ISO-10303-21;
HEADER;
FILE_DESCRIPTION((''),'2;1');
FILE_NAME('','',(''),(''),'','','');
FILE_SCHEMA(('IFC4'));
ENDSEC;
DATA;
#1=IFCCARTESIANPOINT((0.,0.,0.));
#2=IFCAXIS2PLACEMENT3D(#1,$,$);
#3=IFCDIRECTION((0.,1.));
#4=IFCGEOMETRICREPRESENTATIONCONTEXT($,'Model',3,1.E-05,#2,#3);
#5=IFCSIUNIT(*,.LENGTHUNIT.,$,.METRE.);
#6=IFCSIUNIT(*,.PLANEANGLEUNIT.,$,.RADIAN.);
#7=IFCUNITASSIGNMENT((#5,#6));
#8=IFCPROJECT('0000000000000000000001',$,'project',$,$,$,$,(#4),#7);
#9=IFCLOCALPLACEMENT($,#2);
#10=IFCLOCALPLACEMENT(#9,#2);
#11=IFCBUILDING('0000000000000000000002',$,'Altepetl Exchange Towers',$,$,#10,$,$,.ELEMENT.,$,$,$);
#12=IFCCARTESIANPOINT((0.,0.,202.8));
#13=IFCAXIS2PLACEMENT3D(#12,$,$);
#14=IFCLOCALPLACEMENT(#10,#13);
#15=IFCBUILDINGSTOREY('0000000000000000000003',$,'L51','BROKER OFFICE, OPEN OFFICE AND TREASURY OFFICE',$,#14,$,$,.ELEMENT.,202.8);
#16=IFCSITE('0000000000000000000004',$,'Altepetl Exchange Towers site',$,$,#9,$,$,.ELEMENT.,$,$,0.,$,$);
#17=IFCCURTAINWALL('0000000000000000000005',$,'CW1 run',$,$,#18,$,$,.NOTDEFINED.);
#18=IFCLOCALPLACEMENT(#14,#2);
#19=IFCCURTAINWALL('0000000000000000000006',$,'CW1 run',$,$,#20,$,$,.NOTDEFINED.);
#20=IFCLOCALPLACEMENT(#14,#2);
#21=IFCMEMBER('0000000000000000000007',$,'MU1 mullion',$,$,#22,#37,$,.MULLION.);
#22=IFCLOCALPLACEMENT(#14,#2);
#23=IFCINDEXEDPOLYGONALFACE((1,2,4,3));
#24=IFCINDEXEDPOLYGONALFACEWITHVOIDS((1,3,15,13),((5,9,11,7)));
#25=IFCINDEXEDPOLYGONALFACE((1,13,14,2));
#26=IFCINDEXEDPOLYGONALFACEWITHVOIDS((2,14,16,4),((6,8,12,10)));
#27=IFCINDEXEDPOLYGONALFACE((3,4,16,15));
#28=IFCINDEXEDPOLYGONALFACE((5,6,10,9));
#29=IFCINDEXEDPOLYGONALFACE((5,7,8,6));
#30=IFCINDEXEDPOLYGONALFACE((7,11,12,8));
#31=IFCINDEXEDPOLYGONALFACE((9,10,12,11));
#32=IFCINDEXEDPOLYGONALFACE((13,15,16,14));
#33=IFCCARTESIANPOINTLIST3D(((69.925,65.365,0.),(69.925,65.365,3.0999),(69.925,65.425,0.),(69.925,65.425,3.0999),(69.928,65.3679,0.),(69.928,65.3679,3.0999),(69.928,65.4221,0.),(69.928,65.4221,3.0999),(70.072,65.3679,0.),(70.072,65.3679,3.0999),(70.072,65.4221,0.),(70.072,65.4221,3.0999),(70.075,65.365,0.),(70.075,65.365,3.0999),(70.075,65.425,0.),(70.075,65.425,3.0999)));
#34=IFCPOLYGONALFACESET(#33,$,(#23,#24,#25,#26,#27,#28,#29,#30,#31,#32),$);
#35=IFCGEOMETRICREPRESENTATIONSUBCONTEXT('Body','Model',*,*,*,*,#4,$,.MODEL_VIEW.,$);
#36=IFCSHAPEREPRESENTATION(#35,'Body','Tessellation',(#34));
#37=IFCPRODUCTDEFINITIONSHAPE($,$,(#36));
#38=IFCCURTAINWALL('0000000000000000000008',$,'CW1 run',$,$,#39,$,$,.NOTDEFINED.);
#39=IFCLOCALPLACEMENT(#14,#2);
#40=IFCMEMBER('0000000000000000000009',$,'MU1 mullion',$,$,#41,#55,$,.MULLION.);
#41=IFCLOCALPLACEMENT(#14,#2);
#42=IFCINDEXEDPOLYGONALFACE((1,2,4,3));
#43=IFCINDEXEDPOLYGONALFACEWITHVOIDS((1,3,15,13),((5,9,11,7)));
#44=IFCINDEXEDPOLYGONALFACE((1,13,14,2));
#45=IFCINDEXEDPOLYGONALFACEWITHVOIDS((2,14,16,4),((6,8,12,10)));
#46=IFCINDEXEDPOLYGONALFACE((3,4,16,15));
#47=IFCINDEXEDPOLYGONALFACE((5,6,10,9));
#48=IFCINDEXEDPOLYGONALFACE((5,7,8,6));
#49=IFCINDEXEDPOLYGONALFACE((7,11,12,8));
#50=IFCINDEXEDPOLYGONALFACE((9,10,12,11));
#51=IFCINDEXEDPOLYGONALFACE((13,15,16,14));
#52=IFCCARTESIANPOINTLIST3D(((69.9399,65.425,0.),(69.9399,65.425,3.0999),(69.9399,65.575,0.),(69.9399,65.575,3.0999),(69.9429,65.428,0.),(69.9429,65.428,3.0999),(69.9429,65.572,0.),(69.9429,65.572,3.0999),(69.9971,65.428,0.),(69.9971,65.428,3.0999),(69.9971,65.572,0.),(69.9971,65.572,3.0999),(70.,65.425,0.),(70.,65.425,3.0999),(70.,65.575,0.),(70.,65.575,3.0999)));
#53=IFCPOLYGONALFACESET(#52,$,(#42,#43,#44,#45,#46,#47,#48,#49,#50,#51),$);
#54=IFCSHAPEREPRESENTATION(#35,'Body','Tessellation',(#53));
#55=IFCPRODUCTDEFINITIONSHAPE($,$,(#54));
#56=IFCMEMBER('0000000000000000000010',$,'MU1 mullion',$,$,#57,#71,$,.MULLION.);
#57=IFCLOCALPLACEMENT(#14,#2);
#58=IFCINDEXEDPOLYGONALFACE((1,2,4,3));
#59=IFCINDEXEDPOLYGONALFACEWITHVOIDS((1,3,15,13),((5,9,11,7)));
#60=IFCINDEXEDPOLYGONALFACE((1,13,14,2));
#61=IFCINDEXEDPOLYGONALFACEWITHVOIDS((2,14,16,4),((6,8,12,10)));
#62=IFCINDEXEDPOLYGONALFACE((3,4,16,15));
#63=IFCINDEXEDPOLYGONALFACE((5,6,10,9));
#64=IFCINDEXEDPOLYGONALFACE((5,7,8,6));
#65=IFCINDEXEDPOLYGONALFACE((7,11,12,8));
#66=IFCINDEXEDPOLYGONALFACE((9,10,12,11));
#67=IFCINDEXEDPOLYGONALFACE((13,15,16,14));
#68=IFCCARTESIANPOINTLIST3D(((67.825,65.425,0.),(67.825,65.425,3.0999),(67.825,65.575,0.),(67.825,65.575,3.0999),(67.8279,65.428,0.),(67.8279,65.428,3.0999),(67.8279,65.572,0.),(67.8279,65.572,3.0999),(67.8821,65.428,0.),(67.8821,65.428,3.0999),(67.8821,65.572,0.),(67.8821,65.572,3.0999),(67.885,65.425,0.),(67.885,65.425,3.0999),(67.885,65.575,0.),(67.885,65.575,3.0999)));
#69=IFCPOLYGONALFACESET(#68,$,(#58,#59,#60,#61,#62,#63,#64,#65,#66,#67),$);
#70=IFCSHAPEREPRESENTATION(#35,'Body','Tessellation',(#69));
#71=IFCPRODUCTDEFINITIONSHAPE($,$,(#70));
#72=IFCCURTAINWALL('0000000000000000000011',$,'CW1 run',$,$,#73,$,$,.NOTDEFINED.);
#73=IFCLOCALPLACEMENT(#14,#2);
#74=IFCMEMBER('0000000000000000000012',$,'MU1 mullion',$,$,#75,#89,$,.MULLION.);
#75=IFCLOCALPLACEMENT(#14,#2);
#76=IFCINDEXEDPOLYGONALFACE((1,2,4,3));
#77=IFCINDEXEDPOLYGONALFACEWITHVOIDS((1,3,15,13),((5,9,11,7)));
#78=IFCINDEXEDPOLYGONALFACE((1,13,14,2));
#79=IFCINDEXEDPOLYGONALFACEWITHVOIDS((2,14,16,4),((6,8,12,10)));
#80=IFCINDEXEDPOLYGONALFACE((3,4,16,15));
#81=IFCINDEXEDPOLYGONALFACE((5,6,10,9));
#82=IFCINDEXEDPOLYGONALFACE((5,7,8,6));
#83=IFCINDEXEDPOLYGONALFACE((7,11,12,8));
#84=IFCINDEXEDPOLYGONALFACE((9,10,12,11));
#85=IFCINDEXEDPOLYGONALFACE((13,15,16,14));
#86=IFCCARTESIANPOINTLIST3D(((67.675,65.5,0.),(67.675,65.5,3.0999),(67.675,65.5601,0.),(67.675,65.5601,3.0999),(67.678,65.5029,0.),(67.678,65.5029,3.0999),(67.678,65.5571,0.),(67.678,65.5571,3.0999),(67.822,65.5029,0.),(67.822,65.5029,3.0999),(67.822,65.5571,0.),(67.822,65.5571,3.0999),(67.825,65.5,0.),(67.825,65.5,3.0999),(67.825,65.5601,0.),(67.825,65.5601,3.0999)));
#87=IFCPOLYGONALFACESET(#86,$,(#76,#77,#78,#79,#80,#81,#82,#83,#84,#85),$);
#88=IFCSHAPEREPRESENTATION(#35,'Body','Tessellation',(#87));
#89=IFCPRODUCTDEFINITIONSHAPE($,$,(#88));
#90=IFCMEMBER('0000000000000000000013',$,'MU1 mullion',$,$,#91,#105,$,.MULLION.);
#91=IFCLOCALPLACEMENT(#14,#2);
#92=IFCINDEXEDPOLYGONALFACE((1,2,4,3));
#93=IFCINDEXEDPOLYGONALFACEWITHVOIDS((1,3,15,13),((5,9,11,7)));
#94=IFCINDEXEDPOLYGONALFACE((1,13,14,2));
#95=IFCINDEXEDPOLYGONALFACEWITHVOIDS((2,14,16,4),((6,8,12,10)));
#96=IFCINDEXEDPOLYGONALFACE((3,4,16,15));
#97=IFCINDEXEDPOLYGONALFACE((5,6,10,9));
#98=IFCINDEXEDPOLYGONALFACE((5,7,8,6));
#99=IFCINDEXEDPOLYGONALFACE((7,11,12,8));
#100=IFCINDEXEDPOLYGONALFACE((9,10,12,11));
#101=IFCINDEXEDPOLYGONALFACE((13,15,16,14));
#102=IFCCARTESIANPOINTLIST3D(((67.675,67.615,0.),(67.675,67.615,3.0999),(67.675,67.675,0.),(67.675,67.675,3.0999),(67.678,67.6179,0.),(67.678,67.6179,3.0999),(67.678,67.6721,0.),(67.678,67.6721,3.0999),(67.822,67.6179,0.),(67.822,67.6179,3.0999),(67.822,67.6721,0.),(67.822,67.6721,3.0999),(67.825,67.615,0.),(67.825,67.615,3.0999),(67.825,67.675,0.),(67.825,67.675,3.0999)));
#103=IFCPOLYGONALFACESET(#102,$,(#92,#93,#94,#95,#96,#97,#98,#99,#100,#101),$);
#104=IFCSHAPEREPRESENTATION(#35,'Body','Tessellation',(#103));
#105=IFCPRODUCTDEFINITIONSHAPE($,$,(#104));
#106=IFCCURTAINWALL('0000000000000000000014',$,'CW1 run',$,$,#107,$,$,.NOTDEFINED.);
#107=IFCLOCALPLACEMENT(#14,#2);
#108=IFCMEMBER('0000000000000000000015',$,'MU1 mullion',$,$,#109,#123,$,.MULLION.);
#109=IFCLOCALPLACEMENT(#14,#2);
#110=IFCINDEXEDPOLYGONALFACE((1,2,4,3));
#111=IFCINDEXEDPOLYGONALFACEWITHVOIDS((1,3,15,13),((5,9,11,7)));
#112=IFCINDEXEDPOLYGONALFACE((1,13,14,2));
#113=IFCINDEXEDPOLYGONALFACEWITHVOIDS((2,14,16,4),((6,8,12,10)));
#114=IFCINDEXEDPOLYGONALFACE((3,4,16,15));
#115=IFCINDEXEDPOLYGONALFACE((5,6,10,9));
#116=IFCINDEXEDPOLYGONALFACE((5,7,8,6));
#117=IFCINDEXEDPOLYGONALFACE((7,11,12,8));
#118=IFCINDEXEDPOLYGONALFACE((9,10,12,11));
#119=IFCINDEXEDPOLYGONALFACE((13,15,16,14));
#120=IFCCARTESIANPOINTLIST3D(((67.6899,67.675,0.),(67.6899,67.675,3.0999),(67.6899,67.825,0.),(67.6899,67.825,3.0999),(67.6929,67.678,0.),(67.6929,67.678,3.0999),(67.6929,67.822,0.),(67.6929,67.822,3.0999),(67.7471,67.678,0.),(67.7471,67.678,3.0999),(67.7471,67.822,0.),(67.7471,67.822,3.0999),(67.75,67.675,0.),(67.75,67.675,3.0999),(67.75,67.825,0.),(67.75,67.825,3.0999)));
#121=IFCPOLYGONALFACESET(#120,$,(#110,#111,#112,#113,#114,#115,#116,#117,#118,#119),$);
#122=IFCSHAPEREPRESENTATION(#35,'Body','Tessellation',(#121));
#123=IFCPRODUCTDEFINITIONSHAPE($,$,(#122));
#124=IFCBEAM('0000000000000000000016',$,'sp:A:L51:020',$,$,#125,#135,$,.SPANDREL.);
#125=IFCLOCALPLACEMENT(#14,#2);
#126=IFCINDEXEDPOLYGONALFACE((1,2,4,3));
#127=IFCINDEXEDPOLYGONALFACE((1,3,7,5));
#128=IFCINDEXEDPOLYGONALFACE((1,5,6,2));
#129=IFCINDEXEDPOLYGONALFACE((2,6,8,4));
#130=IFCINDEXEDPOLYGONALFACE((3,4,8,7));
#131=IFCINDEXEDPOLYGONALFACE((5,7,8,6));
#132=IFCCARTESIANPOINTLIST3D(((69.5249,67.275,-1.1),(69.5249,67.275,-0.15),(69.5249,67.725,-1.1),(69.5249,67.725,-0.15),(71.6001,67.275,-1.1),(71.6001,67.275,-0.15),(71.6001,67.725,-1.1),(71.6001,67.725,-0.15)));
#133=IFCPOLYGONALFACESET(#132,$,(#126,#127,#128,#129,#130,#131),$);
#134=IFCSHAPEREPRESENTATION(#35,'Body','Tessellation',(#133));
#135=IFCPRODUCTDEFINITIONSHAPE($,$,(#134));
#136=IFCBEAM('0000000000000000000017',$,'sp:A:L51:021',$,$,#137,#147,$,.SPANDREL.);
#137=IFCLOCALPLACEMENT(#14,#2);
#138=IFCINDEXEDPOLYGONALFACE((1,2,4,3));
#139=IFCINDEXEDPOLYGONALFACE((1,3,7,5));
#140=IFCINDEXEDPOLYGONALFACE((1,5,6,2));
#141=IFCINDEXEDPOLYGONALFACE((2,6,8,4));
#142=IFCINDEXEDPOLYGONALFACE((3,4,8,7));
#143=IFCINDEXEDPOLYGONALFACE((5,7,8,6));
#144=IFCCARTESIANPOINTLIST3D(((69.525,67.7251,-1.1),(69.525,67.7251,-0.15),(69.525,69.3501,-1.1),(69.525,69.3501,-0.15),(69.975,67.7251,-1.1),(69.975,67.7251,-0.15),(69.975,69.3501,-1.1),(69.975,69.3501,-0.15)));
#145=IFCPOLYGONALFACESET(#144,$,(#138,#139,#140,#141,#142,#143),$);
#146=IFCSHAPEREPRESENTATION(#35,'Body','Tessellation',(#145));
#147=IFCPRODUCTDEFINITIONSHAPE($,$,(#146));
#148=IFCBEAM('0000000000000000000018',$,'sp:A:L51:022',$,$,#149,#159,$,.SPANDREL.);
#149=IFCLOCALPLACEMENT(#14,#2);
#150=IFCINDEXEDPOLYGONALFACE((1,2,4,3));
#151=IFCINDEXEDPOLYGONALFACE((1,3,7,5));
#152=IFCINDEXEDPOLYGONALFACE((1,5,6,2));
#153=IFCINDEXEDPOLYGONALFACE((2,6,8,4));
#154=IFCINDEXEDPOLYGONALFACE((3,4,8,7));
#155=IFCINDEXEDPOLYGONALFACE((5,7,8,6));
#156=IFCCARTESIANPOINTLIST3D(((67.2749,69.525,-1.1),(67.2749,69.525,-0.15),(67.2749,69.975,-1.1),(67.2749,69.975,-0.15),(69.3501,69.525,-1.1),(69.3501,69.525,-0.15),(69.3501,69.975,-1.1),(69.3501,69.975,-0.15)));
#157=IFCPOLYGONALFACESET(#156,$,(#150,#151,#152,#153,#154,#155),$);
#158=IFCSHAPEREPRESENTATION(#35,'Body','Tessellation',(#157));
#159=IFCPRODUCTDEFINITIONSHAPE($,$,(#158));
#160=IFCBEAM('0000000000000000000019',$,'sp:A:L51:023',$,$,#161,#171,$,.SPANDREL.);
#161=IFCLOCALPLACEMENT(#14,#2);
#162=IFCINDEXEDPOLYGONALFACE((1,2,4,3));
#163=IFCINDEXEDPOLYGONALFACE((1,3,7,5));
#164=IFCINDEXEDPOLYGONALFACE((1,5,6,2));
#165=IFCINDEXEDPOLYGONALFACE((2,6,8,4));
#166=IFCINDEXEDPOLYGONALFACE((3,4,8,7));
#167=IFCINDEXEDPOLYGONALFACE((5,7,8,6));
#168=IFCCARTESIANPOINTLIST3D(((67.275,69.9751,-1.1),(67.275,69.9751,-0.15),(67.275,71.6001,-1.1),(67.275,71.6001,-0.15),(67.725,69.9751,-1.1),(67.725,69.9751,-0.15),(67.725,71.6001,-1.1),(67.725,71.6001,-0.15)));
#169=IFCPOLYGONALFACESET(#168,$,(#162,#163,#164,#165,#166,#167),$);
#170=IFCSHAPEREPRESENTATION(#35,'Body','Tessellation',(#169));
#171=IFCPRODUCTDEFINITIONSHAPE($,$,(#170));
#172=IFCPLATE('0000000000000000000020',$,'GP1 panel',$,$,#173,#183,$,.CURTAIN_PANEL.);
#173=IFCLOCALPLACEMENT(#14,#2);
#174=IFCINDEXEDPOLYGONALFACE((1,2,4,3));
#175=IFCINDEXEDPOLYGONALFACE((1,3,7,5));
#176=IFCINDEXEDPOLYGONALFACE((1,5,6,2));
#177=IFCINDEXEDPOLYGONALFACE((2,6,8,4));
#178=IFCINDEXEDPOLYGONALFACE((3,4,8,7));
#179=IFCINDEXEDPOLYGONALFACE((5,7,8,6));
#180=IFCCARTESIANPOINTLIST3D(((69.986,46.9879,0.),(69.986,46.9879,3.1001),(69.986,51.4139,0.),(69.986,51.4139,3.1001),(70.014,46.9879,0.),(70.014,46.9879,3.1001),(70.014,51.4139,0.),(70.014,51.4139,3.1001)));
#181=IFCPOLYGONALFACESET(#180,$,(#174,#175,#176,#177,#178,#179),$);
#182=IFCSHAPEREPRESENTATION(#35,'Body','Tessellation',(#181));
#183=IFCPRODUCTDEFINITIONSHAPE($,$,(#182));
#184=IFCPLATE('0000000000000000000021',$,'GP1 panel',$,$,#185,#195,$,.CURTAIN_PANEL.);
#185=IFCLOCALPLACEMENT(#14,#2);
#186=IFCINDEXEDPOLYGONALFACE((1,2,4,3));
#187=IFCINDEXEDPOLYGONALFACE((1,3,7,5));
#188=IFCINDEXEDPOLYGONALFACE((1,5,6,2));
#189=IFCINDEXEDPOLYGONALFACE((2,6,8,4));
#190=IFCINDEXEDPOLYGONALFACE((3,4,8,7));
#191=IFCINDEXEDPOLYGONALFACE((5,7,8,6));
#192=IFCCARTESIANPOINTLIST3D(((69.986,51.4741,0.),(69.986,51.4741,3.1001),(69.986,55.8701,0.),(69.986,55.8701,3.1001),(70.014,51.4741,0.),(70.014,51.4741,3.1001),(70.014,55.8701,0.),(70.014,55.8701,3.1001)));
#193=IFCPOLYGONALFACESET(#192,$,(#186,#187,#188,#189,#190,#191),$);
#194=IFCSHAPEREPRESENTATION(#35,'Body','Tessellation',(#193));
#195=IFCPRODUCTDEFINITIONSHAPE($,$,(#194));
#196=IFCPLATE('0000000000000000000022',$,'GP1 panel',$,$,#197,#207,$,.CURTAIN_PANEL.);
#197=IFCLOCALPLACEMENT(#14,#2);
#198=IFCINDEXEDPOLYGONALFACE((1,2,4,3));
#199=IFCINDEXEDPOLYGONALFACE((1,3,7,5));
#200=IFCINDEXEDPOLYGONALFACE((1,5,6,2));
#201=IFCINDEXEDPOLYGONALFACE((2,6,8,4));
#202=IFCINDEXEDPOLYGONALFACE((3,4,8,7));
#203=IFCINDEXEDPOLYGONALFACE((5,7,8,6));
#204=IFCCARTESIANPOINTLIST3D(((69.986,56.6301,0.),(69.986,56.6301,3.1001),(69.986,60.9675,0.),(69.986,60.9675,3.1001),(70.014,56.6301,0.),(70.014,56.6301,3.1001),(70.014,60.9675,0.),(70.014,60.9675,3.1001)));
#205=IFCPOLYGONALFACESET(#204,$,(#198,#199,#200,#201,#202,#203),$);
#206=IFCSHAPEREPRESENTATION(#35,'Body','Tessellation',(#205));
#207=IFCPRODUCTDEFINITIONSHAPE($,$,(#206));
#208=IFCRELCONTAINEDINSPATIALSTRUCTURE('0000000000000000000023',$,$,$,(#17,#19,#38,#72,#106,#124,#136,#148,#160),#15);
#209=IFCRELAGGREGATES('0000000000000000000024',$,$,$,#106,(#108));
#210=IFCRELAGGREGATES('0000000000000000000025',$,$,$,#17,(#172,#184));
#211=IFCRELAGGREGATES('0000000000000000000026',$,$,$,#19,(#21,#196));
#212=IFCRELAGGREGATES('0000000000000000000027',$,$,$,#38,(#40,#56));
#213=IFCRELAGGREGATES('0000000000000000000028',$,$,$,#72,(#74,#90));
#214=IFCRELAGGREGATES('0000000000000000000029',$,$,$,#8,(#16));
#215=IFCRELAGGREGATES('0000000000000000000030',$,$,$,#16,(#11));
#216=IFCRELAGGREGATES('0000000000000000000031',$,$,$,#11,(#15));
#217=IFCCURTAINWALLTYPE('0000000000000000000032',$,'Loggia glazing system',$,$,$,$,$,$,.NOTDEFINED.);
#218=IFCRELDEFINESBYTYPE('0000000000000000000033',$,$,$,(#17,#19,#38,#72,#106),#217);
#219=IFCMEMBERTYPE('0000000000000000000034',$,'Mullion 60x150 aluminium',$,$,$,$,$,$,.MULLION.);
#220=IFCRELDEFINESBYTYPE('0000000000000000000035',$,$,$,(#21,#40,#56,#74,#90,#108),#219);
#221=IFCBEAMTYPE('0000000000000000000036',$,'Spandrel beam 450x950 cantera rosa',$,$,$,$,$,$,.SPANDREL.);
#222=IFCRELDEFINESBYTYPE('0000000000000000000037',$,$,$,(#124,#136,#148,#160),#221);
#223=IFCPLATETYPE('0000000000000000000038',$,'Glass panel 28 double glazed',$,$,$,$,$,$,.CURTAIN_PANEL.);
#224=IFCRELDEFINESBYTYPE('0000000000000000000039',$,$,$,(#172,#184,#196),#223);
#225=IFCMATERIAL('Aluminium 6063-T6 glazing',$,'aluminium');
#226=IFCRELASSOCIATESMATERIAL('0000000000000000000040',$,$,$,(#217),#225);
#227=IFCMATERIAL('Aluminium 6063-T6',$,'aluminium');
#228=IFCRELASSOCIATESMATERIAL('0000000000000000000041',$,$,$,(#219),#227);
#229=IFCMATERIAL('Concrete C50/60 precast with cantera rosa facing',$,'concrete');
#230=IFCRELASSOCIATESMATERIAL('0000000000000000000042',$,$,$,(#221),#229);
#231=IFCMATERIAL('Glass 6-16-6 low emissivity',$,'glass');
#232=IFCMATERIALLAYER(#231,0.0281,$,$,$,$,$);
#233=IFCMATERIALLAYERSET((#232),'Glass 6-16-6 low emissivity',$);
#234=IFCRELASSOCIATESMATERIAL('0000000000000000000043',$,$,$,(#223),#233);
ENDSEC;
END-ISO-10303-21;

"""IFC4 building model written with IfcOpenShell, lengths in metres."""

from ifc_helpers import new_model, si_unit, direction, frame, origin, origin_2d, place, context, subcontext, project, spatial, rectangle, hollow_rectangle, extrude, material, layer, layer_set, material_profile, profile_set, type_object, element, aggregate, save


model = new_model("IFC4")

# Units and contexts
model_context = context("Model", 3, precision=1e-05, world=origin(), true_north=direction((0.0, 1.0)))
body_context = subcontext(model_context, "Body", "Model", "MODEL_VIEW")
ifc_project = project(units=[si_unit("LENGTHUNIT", "METRE"), si_unit("PLANEANGLEUNIT", "RADIAN")], contexts=[model_context])

# Site, building, storey
site_placement = place(None, origin())
site = spatial("IfcSite", under=ifc_project, at=site_placement, Name="Altepetl Exchange Towers site", CompositionType="ELEMENT", RefElevation=0.0)
building_placement = place(site_placement, origin())
building = spatial("IfcBuilding", under=site, at=building_placement, Name="Altepetl Exchange Towers", CompositionType="ELEMENT")
storey_placement = place(building_placement, frame((0.0, 0.0, 202.8)))
storey = spatial("IfcBuildingStorey", under=building, at=storey_placement, Name="L51", Description="BROKER OFFICE, OPEN OFFICE AND TREASURY OFFICE", CompositionType="ELEMENT", Elevation=202.8)

# Curtain walls, members
ifc_material_1 = material(Name="Aluminium 6063-T6 glazing", Category="aluminium")
curtain_wall_type = type_object("IfcCurtainWallType", Name="Loggia glazing system", PredefinedType="NOTDEFINED", material=ifc_material_1)
curtain_wall_1_placement = place(storey_placement, origin())
curtain_wall_1 = element("IfcCurtainWall", 1, at=curtain_wall_1_placement, inside=storey, type_object=curtain_wall_type, Name="CW1 run", PredefinedType="NOTDEFINED")
ifc_material_2 = material(Name="Aluminium 6063-T6", Category="aluminium")
ifc_material_profile_1 = material_profile(ifc_material_2, hollow_rectangle(XDim=0.0601, YDim=0.1499, WallThickness=0.0029, at=origin_2d()), Name="Mullion 60x150 aluminium")
ifc_profile_set_1 = profile_set([ifc_material_profile_1], Name="Aluminium 6063-T6")
member_type = type_object("IfcMemberType", Name="Mullion 60x150 aluminium", PredefinedType="MULLION", material=ifc_profile_set_1)
curtain_wall_2_placement = place(storey_placement, origin())
curtain_wall_2 = element("IfcCurtainWall", 2, at=curtain_wall_2_placement, inside=storey, type_object=curtain_wall_type, Name="CW1 run", PredefinedType="NOTDEFINED")
member_1_placement = place(storey_placement, frame((70.0, 65.395, 0.0), z_axis=(0.0, 0.0, 1.0), x_axis=(0.0, 1.0, 0.0)))
member_1 = element("IfcMember", 3, at=member_1_placement, type_object=member_type, Name="MU1 mullion", PredefinedType="MULLION", context=body_context, shape_type="SweptSolid", body=[
    extrude(hollow_rectangle(XDim=0.0601, YDim=0.1499, WallThickness=0.0029, at=origin_2d()), origin(), (0.0, 0.0, 1.0), 3.0999),
])
curtain_wall_3_placement = place(storey_placement, origin())
curtain_wall_3 = element("IfcCurtainWall", 4, at=curtain_wall_3_placement, inside=storey, type_object=curtain_wall_type, Name="CW1 run", PredefinedType="NOTDEFINED")
member_2_placement = place(storey_placement, frame((69.97, 65.5, 0.0), z_axis=(0.0, 0.0, 1.0), x_axis=(-1.0, 0.0, 0.0)))
member_2 = element("IfcMember", 5, at=member_2_placement, type_object=member_type, Name="MU1 mullion", PredefinedType="MULLION", context=body_context, shape_type="SweptSolid", body=[
    extrude(hollow_rectangle(XDim=0.0601, YDim=0.1499, WallThickness=0.0029, at=origin_2d()), origin(), (0.0, 0.0, 1.0), 3.0999),
])
member_3_placement = place(storey_placement, frame((67.855, 65.5, 0.0), z_axis=(0.0, 0.0, 1.0), x_axis=(-1.0, 0.0, 0.0)))
member_3 = element("IfcMember", 6, at=member_3_placement, type_object=member_type, Name="MU1 mullion", PredefinedType="MULLION", context=body_context, shape_type="SweptSolid", body=[
    extrude(hollow_rectangle(XDim=0.0601, YDim=0.1499, WallThickness=0.0029, at=origin_2d()), origin(), (0.0, 0.0, 1.0), 3.0999),
])
curtain_wall_4_placement = place(storey_placement, origin())
curtain_wall_4 = element("IfcCurtainWall", 7, at=curtain_wall_4_placement, inside=storey, type_object=curtain_wall_type, Name="CW1 run", PredefinedType="NOTDEFINED")
member_4_placement = place(storey_placement, frame((67.75, 65.53, 0.0), z_axis=(0.0, 0.0, 1.0), x_axis=(0.0, 1.0, 0.0)))
member_4 = element("IfcMember", 8, at=member_4_placement, type_object=member_type, Name="MU1 mullion", PredefinedType="MULLION", context=body_context, shape_type="SweptSolid", body=[
    extrude(hollow_rectangle(XDim=0.0601, YDim=0.1499, WallThickness=0.0029, at=origin_2d()), origin(), (0.0, 0.0, 1.0), 3.0999),
])
member_5_placement = place(storey_placement, frame((67.75, 67.645, 0.0), z_axis=(0.0, 0.0, 1.0), x_axis=(0.0, 1.0, 0.0)))
member_5 = element("IfcMember", 9, at=member_5_placement, type_object=member_type, Name="MU1 mullion", PredefinedType="MULLION", context=body_context, shape_type="SweptSolid", body=[
    extrude(hollow_rectangle(XDim=0.0601, YDim=0.1499, WallThickness=0.0029, at=origin_2d()), origin(), (0.0, 0.0, 1.0), 3.0999),
])

# Curtain wall, member
curtain_wall_5_placement = place(storey_placement, origin())
curtain_wall_5 = element("IfcCurtainWall", 10, at=curtain_wall_5_placement, inside=storey, type_object=curtain_wall_type, Name="CW1 run", PredefinedType="NOTDEFINED")
member_6_placement = place(storey_placement, frame((67.72, 67.75, 0.0), z_axis=(0.0, 0.0, 1.0), x_axis=(-1.0, 0.0, 0.0)))
member_6 = element("IfcMember", 11, at=member_6_placement, type_object=member_type, Name="MU1 mullion", PredefinedType="MULLION", context=body_context, shape_type="SweptSolid", body=[
    extrude(hollow_rectangle(XDim=0.0601, YDim=0.1499, WallThickness=0.0029, at=origin_2d()), origin(), (0.0, 0.0, 1.0), 3.0999),
])
aggregate(curtain_wall_5, [member_6])

# Beams
ifc_material_3 = material(Name="Concrete C50/60 precast with cantera rosa facing", Category="concrete")
ifc_material_profile_2 = material_profile(ifc_material_3, rectangle(XDim=0.45, YDim=0.95, at=origin_2d()), Name="450 x 950")
ifc_profile_set_2 = profile_set([ifc_material_profile_2], Name="Concrete C50/60 precast with cantera rosa facing")
beam_type_1 = type_object("IfcBeamType", Name="Spandrel beam 450x950 cantera rosa", PredefinedType="SPANDREL", material=ifc_profile_set_2)
beam_1_placement = place(storey_placement, frame((71.6001, 67.5, -0.625), z_axis=(-1.0, 0.0, 0.0), x_axis=(0.0, -1.0, 0.0)))
element("IfcBeam", 12, at=beam_1_placement, inside=storey, type_object=beam_type_1, Name="sp:A:L51:020", PredefinedType="SPANDREL", context=body_context, shape_type="SweptSolid", body=[
    extrude(rectangle(XDim=0.45, YDim=0.95, at=origin_2d()), origin(), (0.0, 0.0, 1.0), 2.0752),
])
beam_2_placement = place(storey_placement, frame((69.75, 67.7251, -0.625), z_axis=(0.0, 1.0, 0.0), x_axis=(-1.0, 0.0, 0.0)))
element("IfcBeam", 13, at=beam_2_placement, inside=storey, type_object=beam_type_1, Name="sp:A:L51:021", PredefinedType="SPANDREL", context=body_context, shape_type="SweptSolid", body=[
    extrude(rectangle(XDim=0.45, YDim=0.95, at=origin_2d()), origin(), (0.0, 0.0, 1.0), 1.625),
])
beam_3_placement = place(storey_placement, frame((69.3501, 69.75, -0.625), z_axis=(-1.0, 0.0, 0.0), x_axis=(0.0, -1.0, 0.0)))
element("IfcBeam", 14, at=beam_3_placement, inside=storey, type_object=beam_type_1, Name="sp:A:L51:022", PredefinedType="SPANDREL", context=body_context, shape_type="SweptSolid", body=[
    extrude(rectangle(XDim=0.45, YDim=0.95, at=origin_2d()), origin(), (0.0, 0.0, 1.0), 2.0752),
])
beam_4_placement = place(storey_placement, frame((67.5, 69.9751, -0.625), z_axis=(0.0, 1.0, 0.0), x_axis=(-1.0, 0.0, 0.0)))
element("IfcBeam", 15, at=beam_4_placement, inside=storey, type_object=beam_type_1, Name="sp:A:L51:023", PredefinedType="SPANDREL", context=body_context, shape_type="SweptSolid", body=[
    extrude(rectangle(XDim=0.45, YDim=0.95, at=origin_2d()), origin(), (0.0, 0.0, 1.0), 1.625),
])

# Plates
ifc_material_4 = material(Name="Glass 6-16-6 low emissivity", Category="glass")
ifc_layer = layer(ifc_material_4, 0.0281)
ifc_layer_set = layer_set([ifc_layer], Name="Glass 6-16-6 low emissivity")
plate_type = type_object("IfcPlateType", Name="Glass panel 28 double glazed", PredefinedType="CURTAIN_PANEL", material=ifc_layer_set)
plate_1_placement = place(storey_placement, frame((70.0, 49.2009, 0.0), z_axis=(0.0, 0.0, 1.0), x_axis=(0.0, 1.0, 0.0)))
plate_1 = element("IfcPlate", 16, at=plate_1_placement, type_object=plate_type, Name="GP1 panel", PredefinedType="CURTAIN_PANEL", context=body_context, shape_type="SweptSolid", body=[
    extrude(rectangle(XDim=4.426, YDim=0.0281, at=origin_2d()), origin(), (0.0, 0.0, 1.0), 3.1001),
])
plate_2_placement = place(storey_placement, frame((70.0, 53.6721, 0.0), z_axis=(0.0, 0.0, 1.0), x_axis=(0.0, 1.0, 0.0)))
plate_2 = element("IfcPlate", 17, at=plate_2_placement, type_object=plate_type, Name="GP1 panel", PredefinedType="CURTAIN_PANEL", context=body_context, shape_type="SweptSolid", body=[
    extrude(rectangle(XDim=4.396, YDim=0.0281, at=origin_2d()), origin(), (0.0, 0.0, 1.0), 3.1001),
])
aggregate(curtain_wall_1, [plate_1, plate_2])
plate_3_placement = place(storey_placement, frame((70.0, 58.7988, 0.0), z_axis=(0.0, 0.0, 1.0), x_axis=(0.0, 1.0, 0.0)))
plate_3 = element("IfcPlate", 18, at=plate_3_placement, type_object=plate_type, Name="GP1 panel", PredefinedType="CURTAIN_PANEL", context=body_context, shape_type="SweptSolid", body=[
    extrude(rectangle(XDim=4.3374, YDim=0.0281, at=origin_2d()), origin(), (0.0, 0.0, 1.0), 3.1001),
])
aggregate(curtain_wall_2, [member_1, plate_3])
aggregate(curtain_wall_3, [member_2, member_3])
aggregate(curtain_wall_4, [member_4, member_5])

save(model, "model.ifc")
